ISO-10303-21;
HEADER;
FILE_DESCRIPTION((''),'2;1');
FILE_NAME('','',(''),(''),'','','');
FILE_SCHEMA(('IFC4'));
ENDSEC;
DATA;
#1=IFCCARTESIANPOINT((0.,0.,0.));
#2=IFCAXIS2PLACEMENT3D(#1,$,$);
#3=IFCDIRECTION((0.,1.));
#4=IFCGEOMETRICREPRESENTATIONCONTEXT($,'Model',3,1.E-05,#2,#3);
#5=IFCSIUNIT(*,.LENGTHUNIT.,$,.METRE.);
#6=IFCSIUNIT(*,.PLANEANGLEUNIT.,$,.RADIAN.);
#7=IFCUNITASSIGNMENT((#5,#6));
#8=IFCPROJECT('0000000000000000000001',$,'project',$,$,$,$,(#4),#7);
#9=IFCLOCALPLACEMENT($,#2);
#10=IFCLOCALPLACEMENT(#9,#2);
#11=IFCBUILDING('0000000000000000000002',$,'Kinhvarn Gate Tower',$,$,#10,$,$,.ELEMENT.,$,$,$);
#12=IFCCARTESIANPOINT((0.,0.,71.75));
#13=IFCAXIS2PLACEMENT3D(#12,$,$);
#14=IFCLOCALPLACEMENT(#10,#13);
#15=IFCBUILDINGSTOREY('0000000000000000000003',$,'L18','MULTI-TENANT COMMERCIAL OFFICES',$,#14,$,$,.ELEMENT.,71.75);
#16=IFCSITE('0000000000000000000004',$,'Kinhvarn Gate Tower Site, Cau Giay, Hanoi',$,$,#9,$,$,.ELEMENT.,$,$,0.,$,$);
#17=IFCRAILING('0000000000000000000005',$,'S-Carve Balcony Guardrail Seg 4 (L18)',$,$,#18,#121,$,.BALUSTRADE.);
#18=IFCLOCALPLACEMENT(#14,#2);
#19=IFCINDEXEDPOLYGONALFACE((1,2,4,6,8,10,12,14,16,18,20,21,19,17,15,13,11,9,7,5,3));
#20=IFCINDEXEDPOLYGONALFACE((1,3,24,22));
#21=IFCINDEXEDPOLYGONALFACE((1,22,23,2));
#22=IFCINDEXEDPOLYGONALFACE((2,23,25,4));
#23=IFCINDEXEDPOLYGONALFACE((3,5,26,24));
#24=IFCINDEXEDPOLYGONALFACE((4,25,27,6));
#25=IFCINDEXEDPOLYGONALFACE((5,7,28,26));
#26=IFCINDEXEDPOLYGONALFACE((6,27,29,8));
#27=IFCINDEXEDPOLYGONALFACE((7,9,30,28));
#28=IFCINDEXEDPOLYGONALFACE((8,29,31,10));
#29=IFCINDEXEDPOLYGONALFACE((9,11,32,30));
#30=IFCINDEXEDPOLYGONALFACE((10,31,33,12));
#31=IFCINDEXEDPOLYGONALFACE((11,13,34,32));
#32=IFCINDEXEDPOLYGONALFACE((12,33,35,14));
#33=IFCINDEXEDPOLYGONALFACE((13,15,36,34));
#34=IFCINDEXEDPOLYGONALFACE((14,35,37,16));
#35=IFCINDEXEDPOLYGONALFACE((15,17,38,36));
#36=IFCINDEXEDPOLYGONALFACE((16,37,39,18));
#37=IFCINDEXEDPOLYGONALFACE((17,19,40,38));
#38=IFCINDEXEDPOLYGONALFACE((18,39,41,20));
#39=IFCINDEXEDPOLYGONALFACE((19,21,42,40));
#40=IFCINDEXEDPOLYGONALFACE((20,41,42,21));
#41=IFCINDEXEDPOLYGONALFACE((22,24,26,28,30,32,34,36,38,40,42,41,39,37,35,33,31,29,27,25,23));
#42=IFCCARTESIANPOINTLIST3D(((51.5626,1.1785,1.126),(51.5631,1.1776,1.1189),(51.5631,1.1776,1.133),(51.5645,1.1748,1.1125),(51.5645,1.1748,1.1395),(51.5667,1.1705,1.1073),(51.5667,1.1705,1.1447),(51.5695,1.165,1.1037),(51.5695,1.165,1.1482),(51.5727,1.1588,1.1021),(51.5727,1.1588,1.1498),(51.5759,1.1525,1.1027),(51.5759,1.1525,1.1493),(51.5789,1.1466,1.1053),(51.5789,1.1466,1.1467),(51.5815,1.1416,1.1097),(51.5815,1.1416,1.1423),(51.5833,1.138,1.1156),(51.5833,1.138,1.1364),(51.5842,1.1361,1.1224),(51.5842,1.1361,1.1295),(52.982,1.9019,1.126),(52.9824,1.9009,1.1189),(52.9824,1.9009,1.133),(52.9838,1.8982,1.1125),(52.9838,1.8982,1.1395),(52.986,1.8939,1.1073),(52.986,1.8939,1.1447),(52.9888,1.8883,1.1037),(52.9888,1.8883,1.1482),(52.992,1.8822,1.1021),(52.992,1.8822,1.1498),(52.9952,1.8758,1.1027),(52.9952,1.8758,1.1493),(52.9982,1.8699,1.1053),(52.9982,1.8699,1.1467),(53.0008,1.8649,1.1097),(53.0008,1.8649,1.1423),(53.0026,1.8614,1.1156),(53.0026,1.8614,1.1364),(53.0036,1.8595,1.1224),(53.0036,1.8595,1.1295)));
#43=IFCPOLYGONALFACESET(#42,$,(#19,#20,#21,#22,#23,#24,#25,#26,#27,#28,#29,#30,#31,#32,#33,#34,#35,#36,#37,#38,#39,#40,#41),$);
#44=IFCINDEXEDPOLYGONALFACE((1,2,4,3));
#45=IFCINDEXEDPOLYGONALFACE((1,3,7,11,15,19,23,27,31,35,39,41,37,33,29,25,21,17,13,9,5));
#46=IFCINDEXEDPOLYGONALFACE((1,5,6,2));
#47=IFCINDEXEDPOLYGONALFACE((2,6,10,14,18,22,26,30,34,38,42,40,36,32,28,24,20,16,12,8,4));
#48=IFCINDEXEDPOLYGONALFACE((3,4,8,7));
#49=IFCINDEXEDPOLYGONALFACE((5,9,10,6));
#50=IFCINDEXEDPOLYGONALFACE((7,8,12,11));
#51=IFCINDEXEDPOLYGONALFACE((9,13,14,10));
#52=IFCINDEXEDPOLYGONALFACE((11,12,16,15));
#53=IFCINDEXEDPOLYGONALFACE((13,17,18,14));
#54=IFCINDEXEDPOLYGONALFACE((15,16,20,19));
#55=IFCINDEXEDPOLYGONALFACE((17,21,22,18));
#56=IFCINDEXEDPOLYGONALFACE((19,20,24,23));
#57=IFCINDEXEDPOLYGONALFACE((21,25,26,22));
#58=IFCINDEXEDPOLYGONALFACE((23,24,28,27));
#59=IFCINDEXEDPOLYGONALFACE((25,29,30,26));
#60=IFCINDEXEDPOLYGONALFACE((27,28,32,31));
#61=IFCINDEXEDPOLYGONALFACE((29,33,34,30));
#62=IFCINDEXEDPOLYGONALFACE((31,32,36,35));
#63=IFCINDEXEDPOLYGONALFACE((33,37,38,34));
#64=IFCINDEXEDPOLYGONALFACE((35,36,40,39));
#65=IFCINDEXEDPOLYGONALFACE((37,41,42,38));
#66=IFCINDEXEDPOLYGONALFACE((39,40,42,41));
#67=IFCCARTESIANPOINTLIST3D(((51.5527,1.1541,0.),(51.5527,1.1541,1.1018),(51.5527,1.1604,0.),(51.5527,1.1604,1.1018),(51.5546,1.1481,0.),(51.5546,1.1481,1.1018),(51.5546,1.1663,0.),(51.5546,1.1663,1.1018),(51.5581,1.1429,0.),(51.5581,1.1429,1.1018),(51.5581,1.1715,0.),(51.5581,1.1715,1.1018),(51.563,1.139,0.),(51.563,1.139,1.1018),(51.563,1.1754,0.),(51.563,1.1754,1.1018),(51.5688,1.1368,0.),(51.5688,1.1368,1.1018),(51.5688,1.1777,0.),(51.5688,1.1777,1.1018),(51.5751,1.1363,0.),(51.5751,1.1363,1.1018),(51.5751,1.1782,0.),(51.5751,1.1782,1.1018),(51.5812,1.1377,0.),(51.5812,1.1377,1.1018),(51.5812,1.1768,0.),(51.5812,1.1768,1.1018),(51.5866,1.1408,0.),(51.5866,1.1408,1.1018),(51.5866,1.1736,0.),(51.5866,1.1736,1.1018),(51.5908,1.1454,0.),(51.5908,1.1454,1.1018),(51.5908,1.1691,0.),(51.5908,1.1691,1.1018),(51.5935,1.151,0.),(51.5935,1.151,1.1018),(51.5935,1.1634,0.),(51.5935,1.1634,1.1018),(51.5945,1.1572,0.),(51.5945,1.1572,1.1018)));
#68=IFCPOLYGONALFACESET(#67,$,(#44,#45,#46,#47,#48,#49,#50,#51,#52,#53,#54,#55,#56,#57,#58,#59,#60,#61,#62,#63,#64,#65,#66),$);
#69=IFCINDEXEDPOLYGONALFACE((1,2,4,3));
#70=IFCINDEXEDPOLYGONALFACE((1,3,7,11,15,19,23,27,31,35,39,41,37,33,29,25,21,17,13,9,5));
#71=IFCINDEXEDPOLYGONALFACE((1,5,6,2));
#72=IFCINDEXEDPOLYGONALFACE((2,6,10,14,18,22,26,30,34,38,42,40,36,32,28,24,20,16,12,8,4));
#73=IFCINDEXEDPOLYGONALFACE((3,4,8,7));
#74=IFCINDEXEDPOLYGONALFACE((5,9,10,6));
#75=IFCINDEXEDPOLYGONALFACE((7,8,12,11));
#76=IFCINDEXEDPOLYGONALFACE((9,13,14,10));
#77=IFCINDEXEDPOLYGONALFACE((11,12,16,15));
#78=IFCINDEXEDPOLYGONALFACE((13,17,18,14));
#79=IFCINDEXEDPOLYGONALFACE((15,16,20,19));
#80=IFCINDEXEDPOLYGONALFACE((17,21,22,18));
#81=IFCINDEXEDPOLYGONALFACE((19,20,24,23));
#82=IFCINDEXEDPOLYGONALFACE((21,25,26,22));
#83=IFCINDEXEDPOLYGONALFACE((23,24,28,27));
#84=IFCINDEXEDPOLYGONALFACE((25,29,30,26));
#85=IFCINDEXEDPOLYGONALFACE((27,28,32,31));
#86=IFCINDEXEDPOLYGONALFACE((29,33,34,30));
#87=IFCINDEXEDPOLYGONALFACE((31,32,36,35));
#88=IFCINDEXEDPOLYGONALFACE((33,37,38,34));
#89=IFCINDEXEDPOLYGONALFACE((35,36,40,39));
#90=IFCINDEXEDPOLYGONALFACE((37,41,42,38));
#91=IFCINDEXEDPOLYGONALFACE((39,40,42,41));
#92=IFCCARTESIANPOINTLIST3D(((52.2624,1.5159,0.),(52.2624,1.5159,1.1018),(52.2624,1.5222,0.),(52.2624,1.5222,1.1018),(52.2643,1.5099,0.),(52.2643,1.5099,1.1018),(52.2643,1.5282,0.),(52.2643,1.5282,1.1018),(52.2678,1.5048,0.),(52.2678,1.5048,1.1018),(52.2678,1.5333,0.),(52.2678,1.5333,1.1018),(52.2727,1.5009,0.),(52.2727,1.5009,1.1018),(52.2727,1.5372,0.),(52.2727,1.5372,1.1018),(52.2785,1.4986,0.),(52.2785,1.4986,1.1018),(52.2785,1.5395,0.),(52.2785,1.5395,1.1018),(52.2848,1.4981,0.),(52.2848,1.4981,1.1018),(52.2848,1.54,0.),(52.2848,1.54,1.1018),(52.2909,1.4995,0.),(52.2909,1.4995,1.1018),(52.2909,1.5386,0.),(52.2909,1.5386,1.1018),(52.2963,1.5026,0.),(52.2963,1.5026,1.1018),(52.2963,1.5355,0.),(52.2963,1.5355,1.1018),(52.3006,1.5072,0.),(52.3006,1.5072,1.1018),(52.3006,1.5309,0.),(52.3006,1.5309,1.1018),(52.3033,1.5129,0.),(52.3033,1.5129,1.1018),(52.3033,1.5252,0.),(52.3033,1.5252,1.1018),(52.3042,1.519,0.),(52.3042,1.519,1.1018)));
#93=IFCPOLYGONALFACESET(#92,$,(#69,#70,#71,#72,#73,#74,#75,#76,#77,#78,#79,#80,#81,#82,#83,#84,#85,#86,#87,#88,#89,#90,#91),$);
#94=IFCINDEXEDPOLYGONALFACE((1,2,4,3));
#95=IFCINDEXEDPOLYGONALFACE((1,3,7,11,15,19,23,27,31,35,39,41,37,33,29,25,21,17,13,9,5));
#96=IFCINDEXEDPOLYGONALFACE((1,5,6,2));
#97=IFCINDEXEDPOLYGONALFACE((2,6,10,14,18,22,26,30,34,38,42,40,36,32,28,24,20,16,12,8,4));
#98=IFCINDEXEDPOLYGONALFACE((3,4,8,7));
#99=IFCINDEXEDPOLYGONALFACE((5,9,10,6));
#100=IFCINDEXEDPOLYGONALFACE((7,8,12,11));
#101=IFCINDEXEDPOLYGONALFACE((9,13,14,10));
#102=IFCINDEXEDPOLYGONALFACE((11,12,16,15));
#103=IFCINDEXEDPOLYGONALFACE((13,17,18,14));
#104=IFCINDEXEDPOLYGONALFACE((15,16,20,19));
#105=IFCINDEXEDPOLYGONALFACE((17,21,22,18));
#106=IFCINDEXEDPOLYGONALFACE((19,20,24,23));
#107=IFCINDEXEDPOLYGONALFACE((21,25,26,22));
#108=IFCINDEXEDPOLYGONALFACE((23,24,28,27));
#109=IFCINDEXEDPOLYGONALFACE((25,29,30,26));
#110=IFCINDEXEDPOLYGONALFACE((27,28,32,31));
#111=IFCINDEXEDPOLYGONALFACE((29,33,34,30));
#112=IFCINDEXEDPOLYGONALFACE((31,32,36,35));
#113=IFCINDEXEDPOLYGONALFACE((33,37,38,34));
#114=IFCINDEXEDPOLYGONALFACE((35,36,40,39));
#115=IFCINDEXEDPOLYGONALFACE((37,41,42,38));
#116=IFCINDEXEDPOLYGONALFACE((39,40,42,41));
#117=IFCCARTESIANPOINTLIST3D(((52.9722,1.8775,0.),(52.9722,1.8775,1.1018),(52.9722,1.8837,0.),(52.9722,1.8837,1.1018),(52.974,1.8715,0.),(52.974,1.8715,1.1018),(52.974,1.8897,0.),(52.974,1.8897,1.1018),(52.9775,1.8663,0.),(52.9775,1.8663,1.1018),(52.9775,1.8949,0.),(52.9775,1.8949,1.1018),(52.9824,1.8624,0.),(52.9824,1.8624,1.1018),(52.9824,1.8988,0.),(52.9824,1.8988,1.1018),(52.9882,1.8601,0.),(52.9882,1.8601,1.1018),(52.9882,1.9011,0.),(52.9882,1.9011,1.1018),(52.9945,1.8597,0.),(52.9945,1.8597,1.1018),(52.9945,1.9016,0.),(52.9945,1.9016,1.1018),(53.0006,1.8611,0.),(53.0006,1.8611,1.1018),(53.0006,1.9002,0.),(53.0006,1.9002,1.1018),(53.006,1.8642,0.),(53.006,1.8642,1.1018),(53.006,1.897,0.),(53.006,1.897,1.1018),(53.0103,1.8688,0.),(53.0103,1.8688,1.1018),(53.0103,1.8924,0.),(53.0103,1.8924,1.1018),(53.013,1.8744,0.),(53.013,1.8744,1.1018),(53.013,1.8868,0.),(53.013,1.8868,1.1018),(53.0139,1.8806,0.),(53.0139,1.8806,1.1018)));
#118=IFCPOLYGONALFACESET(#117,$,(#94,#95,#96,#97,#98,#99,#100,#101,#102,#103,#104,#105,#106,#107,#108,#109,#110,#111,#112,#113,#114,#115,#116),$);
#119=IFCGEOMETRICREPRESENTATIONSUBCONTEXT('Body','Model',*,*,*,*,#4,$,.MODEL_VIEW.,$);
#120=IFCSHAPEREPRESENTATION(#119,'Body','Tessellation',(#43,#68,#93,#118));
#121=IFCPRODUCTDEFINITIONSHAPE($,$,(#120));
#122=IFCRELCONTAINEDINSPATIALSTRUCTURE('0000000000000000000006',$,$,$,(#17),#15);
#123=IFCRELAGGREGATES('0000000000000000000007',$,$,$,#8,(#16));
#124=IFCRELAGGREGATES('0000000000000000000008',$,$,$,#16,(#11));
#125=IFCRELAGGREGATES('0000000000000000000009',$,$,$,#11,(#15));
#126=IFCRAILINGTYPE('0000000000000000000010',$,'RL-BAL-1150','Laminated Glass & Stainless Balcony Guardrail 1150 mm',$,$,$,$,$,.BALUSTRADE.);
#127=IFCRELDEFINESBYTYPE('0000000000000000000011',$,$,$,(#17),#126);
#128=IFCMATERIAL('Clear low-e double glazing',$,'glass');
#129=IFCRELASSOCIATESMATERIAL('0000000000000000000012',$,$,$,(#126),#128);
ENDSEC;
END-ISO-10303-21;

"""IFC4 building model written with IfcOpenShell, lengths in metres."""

from ifc_helpers import new_model, si_unit, direction, frame, origin, origin_2d, place, context, subcontext, project, spatial, circle, extrude, material, type_object, element, save


model = new_model("IFC4")

# Units and contexts
model_context = context("Model", 3, precision=1e-05, world=origin(), true_north=direction((0.0, 1.0)))
body_context = subcontext(model_context, "Body", "Model", "MODEL_VIEW")
ifc_project = project(units=[si_unit("LENGTHUNIT", "METRE"), si_unit("PLANEANGLEUNIT", "RADIAN")], contexts=[model_context])

# Site, building, storey
site_placement = place(None, origin())
site = spatial("IfcSite", under=ifc_project, at=site_placement, Name="Kinhvarn Gate Tower Site, Cau Giay, Hanoi", CompositionType="ELEMENT", RefElevation=0.0)
building_placement = place(site_placement, origin())
building = spatial("IfcBuilding", under=site, at=building_placement, Name="Kinhvarn Gate Tower", CompositionType="ELEMENT")
storey_placement = place(building_placement, frame((0.0, 0.0, 71.75)))
storey = spatial("IfcBuildingStorey", under=building, at=storey_placement, Name="L18", Description="MULTI-TENANT COMMERCIAL OFFICES", CompositionType="ELEMENT", Elevation=71.75)

# Shared definitions
ifc_material_1 = material(Name="Clear low-e double glazing", Category="glass")

# Railing
railing_type = type_object("IfcRailingType", Name="RL-BAL-1150", Description="Laminated Glass & Stainless Balcony Guardrail 1150 mm", PredefinedType="BALUSTRADE", material=ifc_material_1)
railing_1_placement = place(storey_placement, frame((51.5735, 1.1572, 0.0)))
element("IfcRailing", 1, at=railing_1_placement, inside=storey, type_object=railing_type, Name="S-Carve Balcony Guardrail Seg 4 (L18)", PredefinedType="BALUSTRADE", context=body_context, shape_type="SweptSolid", body=[
    extrude(circle(Radius=0.0239, at=origin_2d()), frame((0.0, 0.0, 1.126), z_axis=(0.890968, 0.454066, 0.0), x_axis=(-0.454066, 0.890968, 0.0)), (0.0, 0.0, 1.0), 1.593),
    extrude(circle(Radius=0.021, at=origin_2d()), origin(), (0.0, 0.0, 1.0), 1.1018),
    extrude(circle(Radius=0.021, at=origin_2d()), frame((0.7097, 0.3618, 0.0)), (0.0, 0.0, 1.0), 1.1018),
    extrude(circle(Radius=0.021, at=origin_2d()), frame((1.4194, 0.7234, 0.0)), (0.0, 0.0, 1.0), 1.1018),
])

save(model, "model.ifc")
